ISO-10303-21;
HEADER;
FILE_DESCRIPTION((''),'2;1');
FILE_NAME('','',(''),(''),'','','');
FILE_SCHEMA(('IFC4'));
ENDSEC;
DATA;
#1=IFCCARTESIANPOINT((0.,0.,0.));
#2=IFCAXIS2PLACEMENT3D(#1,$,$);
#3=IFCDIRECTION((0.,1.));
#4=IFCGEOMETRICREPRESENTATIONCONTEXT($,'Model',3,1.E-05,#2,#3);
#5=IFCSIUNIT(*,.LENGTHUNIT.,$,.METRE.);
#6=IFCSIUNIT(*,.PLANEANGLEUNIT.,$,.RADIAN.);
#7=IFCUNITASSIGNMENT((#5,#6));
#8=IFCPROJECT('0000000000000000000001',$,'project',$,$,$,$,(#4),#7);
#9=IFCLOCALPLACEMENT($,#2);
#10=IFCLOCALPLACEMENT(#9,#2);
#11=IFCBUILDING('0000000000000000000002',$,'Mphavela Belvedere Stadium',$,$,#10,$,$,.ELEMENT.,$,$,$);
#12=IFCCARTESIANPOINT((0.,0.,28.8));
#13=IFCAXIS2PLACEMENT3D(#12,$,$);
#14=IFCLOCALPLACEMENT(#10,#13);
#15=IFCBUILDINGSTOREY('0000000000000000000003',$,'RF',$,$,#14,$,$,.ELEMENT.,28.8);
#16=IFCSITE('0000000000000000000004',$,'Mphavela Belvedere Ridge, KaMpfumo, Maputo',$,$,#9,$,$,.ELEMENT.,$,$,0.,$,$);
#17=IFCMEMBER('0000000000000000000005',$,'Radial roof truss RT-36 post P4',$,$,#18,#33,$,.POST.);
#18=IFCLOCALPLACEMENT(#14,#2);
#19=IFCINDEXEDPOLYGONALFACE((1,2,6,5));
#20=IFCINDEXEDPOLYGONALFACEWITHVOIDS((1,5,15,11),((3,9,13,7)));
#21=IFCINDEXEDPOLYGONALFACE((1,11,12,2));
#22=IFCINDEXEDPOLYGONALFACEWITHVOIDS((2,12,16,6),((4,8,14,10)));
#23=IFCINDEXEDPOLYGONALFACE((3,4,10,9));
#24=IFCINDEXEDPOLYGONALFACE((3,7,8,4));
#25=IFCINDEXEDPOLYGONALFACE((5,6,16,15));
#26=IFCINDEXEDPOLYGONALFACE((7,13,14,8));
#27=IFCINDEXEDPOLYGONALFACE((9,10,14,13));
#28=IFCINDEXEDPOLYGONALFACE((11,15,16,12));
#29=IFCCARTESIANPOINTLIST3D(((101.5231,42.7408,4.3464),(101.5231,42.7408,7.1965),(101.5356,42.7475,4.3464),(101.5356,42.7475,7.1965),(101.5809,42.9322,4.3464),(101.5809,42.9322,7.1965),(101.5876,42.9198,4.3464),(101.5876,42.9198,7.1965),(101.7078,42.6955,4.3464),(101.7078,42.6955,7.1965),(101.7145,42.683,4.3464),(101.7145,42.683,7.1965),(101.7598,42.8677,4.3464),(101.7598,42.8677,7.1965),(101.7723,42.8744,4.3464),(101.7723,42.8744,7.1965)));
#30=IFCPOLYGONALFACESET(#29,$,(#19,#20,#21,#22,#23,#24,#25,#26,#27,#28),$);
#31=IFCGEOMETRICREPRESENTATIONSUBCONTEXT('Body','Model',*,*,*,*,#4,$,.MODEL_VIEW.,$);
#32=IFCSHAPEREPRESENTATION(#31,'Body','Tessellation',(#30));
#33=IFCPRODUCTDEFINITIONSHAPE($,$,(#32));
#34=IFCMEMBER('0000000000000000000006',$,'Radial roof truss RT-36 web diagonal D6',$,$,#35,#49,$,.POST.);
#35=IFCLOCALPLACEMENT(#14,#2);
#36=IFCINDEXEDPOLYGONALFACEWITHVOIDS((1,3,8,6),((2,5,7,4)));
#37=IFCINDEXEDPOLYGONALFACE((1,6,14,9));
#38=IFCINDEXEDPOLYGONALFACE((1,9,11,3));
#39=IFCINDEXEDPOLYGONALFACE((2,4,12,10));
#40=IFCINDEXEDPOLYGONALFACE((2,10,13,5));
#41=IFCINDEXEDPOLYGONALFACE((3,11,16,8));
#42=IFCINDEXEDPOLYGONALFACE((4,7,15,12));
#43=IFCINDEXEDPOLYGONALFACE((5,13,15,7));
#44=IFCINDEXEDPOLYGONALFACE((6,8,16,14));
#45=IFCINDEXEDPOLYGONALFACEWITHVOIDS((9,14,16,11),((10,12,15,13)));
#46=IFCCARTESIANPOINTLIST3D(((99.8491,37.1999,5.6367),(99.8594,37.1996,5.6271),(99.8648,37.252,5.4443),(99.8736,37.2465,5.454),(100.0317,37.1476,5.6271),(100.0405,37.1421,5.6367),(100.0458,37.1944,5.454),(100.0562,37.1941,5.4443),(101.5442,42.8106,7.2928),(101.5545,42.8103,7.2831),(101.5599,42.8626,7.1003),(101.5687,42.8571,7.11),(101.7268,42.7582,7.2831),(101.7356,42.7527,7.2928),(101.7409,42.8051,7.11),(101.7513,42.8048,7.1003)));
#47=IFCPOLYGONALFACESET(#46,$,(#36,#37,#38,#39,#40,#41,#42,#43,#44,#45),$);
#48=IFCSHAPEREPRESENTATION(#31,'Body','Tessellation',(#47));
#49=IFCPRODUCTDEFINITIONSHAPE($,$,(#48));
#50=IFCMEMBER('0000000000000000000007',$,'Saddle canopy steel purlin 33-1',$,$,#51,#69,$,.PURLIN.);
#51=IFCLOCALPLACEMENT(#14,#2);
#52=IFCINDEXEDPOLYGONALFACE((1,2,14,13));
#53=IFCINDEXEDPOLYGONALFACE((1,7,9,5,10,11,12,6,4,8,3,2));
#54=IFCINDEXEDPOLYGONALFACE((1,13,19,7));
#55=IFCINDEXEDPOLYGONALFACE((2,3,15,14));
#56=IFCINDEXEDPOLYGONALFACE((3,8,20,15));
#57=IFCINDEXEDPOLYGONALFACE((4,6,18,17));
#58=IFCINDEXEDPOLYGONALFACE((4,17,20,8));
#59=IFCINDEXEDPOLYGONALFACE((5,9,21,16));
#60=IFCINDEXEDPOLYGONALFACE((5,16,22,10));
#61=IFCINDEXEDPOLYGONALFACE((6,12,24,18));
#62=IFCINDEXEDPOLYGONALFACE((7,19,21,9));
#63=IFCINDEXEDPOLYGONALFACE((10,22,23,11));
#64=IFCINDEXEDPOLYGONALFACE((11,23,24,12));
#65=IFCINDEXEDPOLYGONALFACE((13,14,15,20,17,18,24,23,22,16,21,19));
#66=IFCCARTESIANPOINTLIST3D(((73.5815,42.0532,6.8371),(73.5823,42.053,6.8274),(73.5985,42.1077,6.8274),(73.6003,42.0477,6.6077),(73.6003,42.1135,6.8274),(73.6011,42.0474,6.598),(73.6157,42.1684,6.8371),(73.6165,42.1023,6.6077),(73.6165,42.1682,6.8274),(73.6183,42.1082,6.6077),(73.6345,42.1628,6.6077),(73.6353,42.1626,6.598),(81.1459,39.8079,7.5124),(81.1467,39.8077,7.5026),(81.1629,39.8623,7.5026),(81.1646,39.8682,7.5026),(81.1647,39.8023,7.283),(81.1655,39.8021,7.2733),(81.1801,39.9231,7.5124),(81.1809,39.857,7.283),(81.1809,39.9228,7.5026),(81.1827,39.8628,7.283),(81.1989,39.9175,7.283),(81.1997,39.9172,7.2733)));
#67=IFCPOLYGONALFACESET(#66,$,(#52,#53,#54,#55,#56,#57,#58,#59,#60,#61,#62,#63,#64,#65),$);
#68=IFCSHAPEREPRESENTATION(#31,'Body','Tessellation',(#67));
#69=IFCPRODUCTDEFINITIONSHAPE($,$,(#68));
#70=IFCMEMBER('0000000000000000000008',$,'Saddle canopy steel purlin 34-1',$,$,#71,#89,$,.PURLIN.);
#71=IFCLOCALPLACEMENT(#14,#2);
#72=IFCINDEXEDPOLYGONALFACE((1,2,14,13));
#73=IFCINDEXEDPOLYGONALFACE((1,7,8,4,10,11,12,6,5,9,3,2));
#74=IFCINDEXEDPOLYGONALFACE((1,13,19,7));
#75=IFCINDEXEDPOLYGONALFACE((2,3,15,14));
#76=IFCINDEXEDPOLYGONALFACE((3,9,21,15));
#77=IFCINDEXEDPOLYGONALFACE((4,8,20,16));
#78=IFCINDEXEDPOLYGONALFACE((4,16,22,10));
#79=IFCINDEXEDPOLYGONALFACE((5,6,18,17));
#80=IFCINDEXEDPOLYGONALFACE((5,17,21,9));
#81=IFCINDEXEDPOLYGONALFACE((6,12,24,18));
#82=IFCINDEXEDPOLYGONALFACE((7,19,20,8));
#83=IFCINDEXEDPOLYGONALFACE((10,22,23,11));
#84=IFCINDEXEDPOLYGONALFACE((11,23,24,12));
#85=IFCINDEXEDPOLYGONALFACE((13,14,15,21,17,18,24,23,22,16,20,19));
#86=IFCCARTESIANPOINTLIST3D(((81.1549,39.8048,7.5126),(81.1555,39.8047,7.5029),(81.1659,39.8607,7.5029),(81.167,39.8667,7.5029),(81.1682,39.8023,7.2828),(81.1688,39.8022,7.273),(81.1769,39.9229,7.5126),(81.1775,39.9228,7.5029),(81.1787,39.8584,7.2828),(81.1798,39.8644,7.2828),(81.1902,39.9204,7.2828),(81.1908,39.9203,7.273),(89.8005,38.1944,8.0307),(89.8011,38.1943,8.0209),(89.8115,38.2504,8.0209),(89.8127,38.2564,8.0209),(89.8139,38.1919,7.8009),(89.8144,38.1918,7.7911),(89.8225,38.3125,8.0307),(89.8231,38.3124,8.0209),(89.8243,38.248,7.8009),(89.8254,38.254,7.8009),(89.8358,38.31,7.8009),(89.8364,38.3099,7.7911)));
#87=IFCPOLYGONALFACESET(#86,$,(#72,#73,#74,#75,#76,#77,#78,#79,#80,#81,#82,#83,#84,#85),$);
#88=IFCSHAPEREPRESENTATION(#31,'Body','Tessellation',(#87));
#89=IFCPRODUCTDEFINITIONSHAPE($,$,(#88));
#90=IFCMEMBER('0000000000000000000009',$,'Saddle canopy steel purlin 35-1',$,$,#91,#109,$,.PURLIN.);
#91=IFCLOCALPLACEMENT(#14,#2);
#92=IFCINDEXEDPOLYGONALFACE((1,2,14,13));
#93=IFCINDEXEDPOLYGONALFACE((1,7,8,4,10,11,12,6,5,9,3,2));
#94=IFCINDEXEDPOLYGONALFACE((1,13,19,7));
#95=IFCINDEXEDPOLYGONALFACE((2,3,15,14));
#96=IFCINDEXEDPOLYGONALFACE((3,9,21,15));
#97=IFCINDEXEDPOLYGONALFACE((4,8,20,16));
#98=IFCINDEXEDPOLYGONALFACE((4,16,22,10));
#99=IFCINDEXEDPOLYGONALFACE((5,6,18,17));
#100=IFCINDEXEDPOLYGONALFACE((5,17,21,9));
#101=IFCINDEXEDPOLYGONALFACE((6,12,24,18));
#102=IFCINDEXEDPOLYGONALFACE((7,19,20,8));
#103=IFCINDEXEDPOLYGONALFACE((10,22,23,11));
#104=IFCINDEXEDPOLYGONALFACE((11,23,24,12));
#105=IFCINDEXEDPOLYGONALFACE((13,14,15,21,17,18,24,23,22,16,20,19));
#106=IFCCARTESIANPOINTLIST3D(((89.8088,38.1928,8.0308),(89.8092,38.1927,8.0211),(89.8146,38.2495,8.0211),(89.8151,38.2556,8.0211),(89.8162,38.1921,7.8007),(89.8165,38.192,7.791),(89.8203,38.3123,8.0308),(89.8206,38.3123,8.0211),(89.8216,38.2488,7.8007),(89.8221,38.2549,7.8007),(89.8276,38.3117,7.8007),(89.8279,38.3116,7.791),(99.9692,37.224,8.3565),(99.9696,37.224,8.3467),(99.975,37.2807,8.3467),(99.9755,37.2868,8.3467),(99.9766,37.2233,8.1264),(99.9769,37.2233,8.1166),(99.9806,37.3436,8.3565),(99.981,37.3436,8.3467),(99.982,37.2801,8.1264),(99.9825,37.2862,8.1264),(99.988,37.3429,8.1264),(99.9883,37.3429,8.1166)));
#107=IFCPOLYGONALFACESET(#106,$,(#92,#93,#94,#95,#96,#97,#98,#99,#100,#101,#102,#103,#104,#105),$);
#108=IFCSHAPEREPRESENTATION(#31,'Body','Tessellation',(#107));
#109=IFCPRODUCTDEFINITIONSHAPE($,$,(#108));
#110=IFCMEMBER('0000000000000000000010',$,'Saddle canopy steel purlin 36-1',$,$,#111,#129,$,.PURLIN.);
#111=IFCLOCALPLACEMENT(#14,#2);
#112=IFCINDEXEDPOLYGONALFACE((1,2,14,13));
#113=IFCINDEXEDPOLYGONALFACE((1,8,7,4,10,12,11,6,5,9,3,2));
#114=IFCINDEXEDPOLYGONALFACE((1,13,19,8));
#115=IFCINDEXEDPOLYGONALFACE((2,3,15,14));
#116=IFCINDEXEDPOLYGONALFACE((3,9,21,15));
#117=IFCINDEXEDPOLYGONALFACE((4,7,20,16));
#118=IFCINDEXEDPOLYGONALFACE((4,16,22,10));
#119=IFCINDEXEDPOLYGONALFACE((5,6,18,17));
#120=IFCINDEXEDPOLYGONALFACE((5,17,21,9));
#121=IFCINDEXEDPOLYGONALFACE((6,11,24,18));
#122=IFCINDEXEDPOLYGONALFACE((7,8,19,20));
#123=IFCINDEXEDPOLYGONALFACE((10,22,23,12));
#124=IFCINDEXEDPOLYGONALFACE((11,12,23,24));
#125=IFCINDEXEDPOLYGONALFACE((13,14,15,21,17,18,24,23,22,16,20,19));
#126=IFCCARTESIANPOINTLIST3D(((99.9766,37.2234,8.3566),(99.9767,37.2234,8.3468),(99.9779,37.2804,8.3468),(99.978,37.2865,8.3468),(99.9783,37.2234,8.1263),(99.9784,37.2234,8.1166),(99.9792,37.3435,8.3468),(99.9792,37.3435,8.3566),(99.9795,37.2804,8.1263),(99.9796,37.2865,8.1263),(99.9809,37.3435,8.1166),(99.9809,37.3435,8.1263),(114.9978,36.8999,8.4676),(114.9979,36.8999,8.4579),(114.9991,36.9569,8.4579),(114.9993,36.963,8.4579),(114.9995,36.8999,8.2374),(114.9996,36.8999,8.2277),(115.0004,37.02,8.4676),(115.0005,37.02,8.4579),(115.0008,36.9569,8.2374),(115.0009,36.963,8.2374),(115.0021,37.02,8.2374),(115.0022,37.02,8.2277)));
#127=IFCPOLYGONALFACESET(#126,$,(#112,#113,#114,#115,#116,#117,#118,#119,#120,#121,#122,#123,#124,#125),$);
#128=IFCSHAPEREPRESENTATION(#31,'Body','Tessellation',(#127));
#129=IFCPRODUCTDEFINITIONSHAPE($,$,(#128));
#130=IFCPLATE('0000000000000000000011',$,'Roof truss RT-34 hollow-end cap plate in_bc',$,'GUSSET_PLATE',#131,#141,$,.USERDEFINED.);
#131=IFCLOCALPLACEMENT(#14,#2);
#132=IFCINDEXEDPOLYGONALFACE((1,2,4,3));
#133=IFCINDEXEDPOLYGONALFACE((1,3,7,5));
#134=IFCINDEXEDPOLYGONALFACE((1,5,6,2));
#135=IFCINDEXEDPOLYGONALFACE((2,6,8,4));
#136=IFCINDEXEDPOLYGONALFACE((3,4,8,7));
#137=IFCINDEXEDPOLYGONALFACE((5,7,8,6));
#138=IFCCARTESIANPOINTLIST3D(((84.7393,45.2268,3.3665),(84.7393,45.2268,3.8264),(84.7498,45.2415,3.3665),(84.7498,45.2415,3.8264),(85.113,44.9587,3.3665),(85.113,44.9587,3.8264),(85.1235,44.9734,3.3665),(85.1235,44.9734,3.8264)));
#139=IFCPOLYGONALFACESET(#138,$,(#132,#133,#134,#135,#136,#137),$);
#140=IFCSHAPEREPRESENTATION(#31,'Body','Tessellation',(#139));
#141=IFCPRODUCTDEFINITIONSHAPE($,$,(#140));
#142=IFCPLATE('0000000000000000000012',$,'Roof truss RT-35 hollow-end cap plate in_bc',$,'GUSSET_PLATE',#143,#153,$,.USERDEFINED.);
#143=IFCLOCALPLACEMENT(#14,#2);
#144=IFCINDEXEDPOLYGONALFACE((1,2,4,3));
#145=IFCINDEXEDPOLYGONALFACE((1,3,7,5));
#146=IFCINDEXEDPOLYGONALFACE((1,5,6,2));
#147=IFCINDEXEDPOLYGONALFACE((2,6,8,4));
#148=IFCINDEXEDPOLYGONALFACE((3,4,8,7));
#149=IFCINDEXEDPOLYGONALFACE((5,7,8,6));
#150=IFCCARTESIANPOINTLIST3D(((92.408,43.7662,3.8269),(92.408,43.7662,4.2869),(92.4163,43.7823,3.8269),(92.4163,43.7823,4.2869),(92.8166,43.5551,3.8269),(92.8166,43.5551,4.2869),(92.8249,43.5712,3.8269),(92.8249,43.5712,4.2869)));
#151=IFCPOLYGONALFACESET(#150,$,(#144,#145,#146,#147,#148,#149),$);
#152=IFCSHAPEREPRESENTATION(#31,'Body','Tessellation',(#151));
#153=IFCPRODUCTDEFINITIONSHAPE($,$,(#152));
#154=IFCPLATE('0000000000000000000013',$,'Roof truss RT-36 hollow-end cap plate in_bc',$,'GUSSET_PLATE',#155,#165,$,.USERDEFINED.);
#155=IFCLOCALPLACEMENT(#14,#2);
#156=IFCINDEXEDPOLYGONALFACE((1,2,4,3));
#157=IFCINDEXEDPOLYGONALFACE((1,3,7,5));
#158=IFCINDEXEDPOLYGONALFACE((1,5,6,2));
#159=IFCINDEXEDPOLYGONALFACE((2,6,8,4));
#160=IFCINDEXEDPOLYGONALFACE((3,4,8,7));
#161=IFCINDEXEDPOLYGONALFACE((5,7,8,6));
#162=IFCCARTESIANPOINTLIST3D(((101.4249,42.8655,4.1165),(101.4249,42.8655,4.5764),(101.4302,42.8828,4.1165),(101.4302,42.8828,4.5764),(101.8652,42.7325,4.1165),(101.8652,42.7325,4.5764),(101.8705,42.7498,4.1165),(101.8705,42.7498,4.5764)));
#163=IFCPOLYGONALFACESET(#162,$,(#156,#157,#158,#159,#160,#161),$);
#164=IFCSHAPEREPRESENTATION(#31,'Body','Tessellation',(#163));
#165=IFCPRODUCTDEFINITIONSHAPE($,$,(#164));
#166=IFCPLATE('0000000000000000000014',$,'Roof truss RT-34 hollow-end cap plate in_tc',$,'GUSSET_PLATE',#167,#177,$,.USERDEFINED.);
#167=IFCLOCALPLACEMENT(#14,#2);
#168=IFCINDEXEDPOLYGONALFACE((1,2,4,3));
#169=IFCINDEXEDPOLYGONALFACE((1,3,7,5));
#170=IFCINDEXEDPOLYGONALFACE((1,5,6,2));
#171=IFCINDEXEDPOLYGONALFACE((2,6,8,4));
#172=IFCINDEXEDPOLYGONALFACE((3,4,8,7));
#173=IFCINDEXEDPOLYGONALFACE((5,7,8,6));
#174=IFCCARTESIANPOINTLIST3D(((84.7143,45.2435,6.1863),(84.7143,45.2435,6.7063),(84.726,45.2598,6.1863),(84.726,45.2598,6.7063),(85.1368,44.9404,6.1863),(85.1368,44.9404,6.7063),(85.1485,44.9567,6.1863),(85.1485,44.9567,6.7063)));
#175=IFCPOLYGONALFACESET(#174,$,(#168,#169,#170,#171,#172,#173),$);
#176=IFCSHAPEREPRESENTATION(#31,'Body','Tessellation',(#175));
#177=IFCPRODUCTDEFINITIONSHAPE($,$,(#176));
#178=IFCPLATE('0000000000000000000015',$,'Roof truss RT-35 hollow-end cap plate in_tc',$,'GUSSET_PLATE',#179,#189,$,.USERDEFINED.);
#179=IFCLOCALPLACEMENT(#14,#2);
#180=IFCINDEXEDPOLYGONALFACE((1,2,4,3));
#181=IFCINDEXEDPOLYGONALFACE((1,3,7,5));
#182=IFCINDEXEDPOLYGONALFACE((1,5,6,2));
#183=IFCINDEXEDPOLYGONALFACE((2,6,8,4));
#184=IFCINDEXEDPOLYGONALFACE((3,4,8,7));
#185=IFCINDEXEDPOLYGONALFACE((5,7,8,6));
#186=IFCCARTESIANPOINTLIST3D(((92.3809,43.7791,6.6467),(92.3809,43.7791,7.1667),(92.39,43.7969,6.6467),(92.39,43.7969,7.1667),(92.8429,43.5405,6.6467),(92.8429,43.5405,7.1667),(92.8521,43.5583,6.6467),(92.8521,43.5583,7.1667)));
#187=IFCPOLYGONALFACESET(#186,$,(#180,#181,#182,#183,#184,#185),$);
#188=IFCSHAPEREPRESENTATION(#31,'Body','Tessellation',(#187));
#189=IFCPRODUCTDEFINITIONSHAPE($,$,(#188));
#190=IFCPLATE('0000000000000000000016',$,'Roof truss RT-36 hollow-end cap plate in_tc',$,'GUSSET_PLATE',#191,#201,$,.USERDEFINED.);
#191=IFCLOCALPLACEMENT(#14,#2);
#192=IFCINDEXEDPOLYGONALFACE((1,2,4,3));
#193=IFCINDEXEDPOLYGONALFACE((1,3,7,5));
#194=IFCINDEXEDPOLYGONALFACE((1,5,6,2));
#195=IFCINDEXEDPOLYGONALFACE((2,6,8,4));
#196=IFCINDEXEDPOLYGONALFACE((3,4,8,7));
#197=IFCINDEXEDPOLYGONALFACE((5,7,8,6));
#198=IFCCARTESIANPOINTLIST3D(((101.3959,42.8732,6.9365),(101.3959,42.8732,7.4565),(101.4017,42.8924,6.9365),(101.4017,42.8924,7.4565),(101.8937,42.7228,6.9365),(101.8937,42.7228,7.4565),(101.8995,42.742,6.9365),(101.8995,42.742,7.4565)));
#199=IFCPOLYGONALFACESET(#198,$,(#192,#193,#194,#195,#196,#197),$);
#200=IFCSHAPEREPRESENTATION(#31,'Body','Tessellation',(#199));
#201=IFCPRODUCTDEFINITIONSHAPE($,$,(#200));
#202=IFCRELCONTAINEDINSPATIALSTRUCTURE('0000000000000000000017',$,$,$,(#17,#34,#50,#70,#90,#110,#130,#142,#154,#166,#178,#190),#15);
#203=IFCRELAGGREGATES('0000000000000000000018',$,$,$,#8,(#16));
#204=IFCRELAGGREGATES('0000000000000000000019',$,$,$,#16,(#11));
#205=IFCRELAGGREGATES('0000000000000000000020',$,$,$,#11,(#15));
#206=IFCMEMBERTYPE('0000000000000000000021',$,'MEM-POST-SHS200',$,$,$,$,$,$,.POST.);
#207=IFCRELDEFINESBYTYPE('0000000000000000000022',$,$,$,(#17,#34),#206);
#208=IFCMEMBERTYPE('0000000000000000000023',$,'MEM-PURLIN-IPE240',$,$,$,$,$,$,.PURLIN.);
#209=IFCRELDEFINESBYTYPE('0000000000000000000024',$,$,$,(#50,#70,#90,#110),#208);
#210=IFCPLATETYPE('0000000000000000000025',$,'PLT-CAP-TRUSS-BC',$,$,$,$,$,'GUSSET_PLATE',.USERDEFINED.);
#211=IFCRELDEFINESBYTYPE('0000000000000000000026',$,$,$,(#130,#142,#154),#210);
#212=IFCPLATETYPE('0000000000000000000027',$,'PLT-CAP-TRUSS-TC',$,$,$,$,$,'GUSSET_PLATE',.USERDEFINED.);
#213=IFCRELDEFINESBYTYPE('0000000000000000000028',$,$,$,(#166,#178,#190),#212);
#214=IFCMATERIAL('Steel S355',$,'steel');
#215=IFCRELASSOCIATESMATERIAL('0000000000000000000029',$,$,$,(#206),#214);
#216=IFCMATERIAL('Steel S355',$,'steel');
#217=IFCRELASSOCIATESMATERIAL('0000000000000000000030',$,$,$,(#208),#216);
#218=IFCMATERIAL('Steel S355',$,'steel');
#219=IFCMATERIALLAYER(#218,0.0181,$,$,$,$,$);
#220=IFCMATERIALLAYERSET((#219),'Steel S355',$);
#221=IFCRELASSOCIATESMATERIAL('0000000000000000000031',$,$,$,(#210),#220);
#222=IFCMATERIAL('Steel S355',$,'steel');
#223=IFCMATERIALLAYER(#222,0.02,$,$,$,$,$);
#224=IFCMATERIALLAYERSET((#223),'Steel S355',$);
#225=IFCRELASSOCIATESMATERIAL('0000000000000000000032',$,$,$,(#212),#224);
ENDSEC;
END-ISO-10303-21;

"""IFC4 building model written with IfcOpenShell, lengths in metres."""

from ifc_helpers import new_model, si_unit, direction, frame, origin, origin_2d, place, context, subcontext, project, spatial, rectangle, hollow_rectangle, i_section, extrude, material, layer, layer_set, material_profile, profile_set, type_object, element, save


model = new_model("IFC4")

# Units and contexts
model_context = context("Model", 3, precision=1e-05, world=origin(), true_north=direction((0.0, 1.0)))
body_context = subcontext(model_context, "Body", "Model", "MODEL_VIEW")
ifc_project = project(units=[si_unit("LENGTHUNIT", "METRE"), si_unit("PLANEANGLEUNIT", "RADIAN")], contexts=[model_context])

# Site, building, storey
site_placement = place(None, origin())
site = spatial("IfcSite", under=ifc_project, at=site_placement, Name="Mphavela Belvedere Ridge, KaMpfumo, Maputo", CompositionType="ELEMENT", RefElevation=0.0)
building_placement = place(site_placement, origin())
building = spatial("IfcBuilding", under=site, at=building_placement, Name="Mphavela Belvedere Stadium", CompositionType="ELEMENT")
storey_placement = place(building_placement, frame((0.0, 0.0, 28.8)))
storey = spatial("IfcBuildingStorey", under=building, at=storey_placement, Name="RF", CompositionType="ELEMENT", Elevation=28.8)

# Members
ifc_material_1 = material(Name="Steel S355", Category="steel")
ifc_material_profile_1 = material_profile(ifc_material_1, hollow_rectangle(XDim=0.2, YDim=0.2, WallThickness=0.01, at=origin_2d()), Name="SHS 200x200x10")
ifc_profile_set_1 = profile_set([ifc_material_profile_1], Name="Steel S355")
member_type_1 = type_object("IfcMemberType", Name="MEM-POST-SHS200", PredefinedType="POST", material=ifc_profile_set_1)
member_1_placement = place(storey_placement, frame((101.6477, 42.8076, 4.3464), z_axis=(0.0, 0.0, 1.0), x_axis=(-0.289199, -0.957269, 0.0)))
element("IfcMember", 1, at=member_1_placement, inside=storey, type_object=member_type_1, Name="Radial roof truss RT-36 post P4", PredefinedType="POST", context=body_context, shape_type="SweptSolid", body=[
    extrude(hollow_rectangle(XDim=0.2, YDim=0.2, WallThickness=0.01, at=origin_2d()), origin(), (0.0, 0.0, 1.0), 2.8501),
])
member_2_placement = place(storey_placement, frame((99.9526, 37.197, 5.5405), z_axis=(0.278313, 0.921202, 0.271899), x_axis=(-0.957266, 0.289208, 0.0)))
element("IfcMember", 2, at=member_2_placement, inside=storey, type_object=member_type_1, Name="Radial roof truss RT-36 web diagonal D6", PredefinedType="POST", context=body_context, shape_type="SweptSolid", body=[
    extrude(hollow_rectangle(XDim=0.2, YDim=0.2, WallThickness=0.01, at=origin_2d()), origin(), (0.0, 0.0, 1.0), 6.0906),
])
ifc_material_2 = material(Name="Steel S355", Category="steel")
ifc_material_profile_2 = material_profile(ifc_material_2, i_section(OverallWidth=0.1201, OverallDepth=0.24, WebThickness=0.0061, FlangeThickness=0.0098, at=origin_2d()), Name="IPE 240")
ifc_profile_set_2 = profile_set([ifc_material_profile_2], Name="Steel S355")
member_type_2 = type_object("IfcMemberType", Name="MEM-PURLIN-IPE240", PredefinedType="PURLIN", material=ifc_profile_set_2)
member_3_placement = place(storey_placement, frame((73.6084, 42.1079, 6.7175), z_axis=(0.955167, -0.283523, 0.08527), x_axis=(0.284559, 0.958658, 0.0)))
element("IfcMember", 3, at=member_3_placement, inside=storey, type_object=member_type_2, Name="Saddle canopy steel purlin 33-1", PredefinedType="PURLIN", context=body_context, shape_type="SweptSolid", body=[
    extrude(i_section(OverallWidth=0.1201, OverallDepth=0.24, WebThickness=0.0061, FlangeThickness=0.0098, at=origin_2d()), origin(), (0.0, 0.0, 1.0), 7.9194),
])
member_4_placement = place(storey_placement, frame((81.1729, 39.8625, 7.3928), z_axis=(0.98139, -0.182798, 0.058808), x_axis=(0.183115, 0.983091, 0.0)))
element("IfcMember", 4, at=member_4_placement, inside=storey, type_object=member_type_2, Name="Saddle canopy steel purlin 34-1", PredefinedType="PURLIN", context=body_context, shape_type="SweptSolid", body=[
    extrude(i_section(OverallWidth=0.1201, OverallDepth=0.24, WebThickness=0.0061, FlangeThickness=0.0098, at=origin_2d()), origin(), (0.0, 0.0, 1.0), 8.8096),
])
member_5_placement = place(storey_placement, frame((89.8184, 38.2522, 7.9109), z_axis=(0.994979, -0.094867, 0.031893), x_axis=(0.094915, 0.995485, 0.0)))
element("IfcMember", 5, at=member_5_placement, inside=storey, type_object=member_type_2, Name="Saddle canopy steel purlin 35-1", PredefinedType="PURLIN", context=body_context, shape_type="SweptSolid", body=[
    extrude(i_section(OverallWidth=0.1201, OverallDepth=0.24, WebThickness=0.0061, FlangeThickness=0.0098, at=origin_2d()), origin(), (0.0, 0.0, 1.0), 10.2117),
])
member_6_placement = place(storey_placement, frame((99.9788, 37.2834, 8.2366), z_axis=(0.999741, -0.02153, 0.007393), x_axis=(0.02153, 0.999768, 0.0)))
element("IfcMember", 6, at=member_6_placement, inside=storey, type_object=member_type_2, Name="Saddle canopy steel purlin 36-1", PredefinedType="PURLIN", context=body_context, shape_type="SweptSolid", body=[
    extrude(i_section(OverallWidth=0.1201, OverallDepth=0.24, WebThickness=0.0061, FlangeThickness=0.0098, at=origin_2d()), origin(), (0.0, 0.0, 1.0), 15.0251),
])

# Plates
ifc_material_3 = material(Name="Steel S355", Category="steel")
ifc_layer_1 = layer(ifc_material_3, 0.0181)
ifc_layer_set_1 = layer_set([ifc_layer_1], Name="Steel S355")
plate_type_1 = type_object("IfcPlateType", Name="PLT-CAP-TRUSS-BC", ElementType="GUSSET_PLATE", PredefinedType="USERDEFINED", material=ifc_layer_set_1)
for number, where, z_axis, x_axis, name in (
    (7, (84.9314, 45.1001, 3.3665), (0.0, 0.0, 1.0), (-0.582974, -0.812491, 0.0), "Roof truss RT-34 hollow-end cap plate in_bc"),
    (8, (92.6165, 43.6687, 3.8269), (0.0, 0.0, 1.0), (-0.45896, -0.888457, 0.0), "Roof truss RT-35 hollow-end cap plate in_bc"),
    (9, (101.6477, 42.8076, 4.1165), (0.0, 0.0, 1.0), (-0.289199, -0.957269, 0.0), "Roof truss RT-36 hollow-end cap plate in_bc"),
):
    element("IfcPlate", number, at=place(storey_placement, frame(where, z_axis=z_axis, x_axis=x_axis)), inside=storey, type_object=plate_type_1, Name=name, ObjectType="GUSSET_PLATE", PredefinedType="USERDEFINED", context=body_context, shape_type="SweptSolid", body=[
        extrude(rectangle(XDim=0.0181, YDim=0.46, at=origin_2d()), origin(), (0.0, 0.0, 1.0), 0.46),
    ])
ifc_material_4 = material(Name="Steel S355", Category="steel")
ifc_layer_2 = layer(ifc_material_4, 0.02)
ifc_layer_set_2 = layer_set([ifc_layer_2], Name="Steel S355")
plate_type_2 = type_object("IfcPlateType", Name="PLT-CAP-TRUSS-TC", ElementType="GUSSET_PLATE", PredefinedType="USERDEFINED", material=ifc_layer_set_2)
for number, where, z_axis, x_axis, name in (
    (10, (84.9314, 45.1001, 6.1863), (0.0, 0.0, 1.0), (-0.582974, -0.812491, 0.0), "Roof truss RT-34 hollow-end cap plate in_tc"),
    (11, (92.6165, 43.6687, 6.6467), (0.0, 0.0, 1.0), (-0.45896, -0.888457, 0.0), "Roof truss RT-35 hollow-end cap plate in_tc"),
    (12, (101.6477, 42.8076, 6.9365), (0.0, 0.0, 1.0), (-0.289199, -0.957269, 0.0), "Roof truss RT-36 hollow-end cap plate in_tc"),
):
    element("IfcPlate", number, at=place(storey_placement, frame(where, z_axis=z_axis, x_axis=x_axis)), inside=storey, type_object=plate_type_2, Name=name, ObjectType="GUSSET_PLATE", PredefinedType="USERDEFINED", context=body_context, shape_type="SweptSolid", body=[
        extrude(rectangle(XDim=0.02, YDim=0.52, at=origin_2d()), origin(), (0.0, 0.0, 1.0), 0.52),
    ])

save(model, "model.ifc")
